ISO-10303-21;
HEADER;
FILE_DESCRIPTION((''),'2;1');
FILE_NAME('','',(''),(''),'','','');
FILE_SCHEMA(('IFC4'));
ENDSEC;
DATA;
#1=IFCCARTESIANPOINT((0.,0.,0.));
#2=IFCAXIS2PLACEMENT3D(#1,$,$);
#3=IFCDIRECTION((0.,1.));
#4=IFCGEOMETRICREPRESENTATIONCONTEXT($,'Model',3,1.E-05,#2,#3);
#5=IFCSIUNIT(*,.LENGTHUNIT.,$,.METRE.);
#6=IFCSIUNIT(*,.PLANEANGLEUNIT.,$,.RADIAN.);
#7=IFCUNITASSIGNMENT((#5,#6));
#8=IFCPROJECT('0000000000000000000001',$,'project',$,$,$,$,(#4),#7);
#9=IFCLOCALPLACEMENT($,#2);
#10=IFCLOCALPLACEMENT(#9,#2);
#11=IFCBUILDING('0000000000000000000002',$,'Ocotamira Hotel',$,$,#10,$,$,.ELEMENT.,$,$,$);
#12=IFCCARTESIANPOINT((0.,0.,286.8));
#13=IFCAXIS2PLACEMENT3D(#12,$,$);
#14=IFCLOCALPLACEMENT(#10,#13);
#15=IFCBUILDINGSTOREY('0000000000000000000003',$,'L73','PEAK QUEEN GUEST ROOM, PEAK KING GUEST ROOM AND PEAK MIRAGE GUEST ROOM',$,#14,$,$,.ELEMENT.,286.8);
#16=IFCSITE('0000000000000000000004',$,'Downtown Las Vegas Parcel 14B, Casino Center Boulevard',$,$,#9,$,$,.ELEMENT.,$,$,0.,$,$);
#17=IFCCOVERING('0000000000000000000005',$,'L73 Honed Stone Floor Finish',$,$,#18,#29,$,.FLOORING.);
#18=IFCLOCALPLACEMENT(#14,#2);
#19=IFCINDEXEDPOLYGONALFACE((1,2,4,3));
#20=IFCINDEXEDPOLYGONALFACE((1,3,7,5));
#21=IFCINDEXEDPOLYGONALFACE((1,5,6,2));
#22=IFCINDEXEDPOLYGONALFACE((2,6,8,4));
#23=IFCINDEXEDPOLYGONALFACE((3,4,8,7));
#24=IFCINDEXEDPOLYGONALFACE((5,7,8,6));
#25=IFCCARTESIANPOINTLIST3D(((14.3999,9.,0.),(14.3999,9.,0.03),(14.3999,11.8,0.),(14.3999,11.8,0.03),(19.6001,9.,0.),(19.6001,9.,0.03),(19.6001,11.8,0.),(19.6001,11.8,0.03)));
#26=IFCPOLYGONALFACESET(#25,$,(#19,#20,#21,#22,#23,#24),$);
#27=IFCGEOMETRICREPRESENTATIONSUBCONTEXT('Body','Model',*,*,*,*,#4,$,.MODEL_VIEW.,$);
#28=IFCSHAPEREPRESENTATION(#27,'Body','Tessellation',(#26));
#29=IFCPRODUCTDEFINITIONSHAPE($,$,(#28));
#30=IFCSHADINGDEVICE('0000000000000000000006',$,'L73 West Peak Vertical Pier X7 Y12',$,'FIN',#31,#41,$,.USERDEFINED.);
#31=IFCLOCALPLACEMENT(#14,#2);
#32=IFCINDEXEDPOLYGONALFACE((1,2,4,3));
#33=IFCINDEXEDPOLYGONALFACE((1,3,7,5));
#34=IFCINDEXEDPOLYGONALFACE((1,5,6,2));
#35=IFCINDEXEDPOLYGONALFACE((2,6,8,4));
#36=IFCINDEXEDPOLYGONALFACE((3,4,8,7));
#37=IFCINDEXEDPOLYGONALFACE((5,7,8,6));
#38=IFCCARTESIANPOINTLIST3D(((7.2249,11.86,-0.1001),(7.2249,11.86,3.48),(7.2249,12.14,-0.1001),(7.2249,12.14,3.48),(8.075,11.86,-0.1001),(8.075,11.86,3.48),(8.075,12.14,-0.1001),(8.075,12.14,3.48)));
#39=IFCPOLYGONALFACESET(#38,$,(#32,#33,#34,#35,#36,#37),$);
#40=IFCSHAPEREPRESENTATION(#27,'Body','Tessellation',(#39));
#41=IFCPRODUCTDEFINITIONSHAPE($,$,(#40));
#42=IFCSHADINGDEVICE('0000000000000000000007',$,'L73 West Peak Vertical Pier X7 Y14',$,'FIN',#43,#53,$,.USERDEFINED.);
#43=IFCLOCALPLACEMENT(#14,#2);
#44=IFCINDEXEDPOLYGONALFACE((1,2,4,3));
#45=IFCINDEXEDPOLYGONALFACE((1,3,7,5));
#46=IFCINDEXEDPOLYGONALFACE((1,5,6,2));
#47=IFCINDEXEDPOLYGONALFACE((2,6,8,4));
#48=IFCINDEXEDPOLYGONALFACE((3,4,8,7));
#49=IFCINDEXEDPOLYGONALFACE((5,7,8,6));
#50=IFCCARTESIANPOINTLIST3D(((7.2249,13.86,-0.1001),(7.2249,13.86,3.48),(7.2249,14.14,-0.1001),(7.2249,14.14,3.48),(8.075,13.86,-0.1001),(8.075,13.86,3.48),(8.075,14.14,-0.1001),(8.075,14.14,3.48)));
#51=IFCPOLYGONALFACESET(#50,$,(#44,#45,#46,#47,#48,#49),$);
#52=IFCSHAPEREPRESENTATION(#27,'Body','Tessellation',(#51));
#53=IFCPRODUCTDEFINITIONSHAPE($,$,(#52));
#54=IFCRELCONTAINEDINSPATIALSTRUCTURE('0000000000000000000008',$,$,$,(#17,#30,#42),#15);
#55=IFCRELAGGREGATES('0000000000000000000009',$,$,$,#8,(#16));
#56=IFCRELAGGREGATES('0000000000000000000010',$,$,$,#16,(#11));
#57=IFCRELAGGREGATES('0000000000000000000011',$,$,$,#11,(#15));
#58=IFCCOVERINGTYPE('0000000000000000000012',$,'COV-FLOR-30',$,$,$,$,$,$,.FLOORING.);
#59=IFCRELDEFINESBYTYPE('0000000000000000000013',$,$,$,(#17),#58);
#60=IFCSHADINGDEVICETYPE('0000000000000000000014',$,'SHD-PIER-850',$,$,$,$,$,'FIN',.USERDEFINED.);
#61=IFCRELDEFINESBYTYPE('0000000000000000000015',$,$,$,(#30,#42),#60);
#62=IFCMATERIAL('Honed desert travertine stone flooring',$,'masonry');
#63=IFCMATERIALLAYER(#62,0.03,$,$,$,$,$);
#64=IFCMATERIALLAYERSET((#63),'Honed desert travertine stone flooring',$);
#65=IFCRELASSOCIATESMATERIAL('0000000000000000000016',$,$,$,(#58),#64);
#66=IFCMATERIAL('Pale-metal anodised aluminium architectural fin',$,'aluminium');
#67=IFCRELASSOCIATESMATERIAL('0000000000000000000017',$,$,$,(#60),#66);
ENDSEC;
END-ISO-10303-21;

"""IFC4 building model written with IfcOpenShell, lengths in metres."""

from ifc_helpers import new_model, si_unit, direction, frame, origin, origin_2d, place, context, subcontext, project, spatial, polyline, rectangle, outline, extrude, source, transform, mapped, material, layer, layer_set, type_object, element, save


model = new_model("IFC4")

# Units and contexts
model_context = context("Model", 3, precision=1e-05, world=origin(), true_north=direction((0.0, 1.0)))
body_context = subcontext(model_context, "Body", "Model", "MODEL_VIEW")
ifc_project = project(units=[si_unit("LENGTHUNIT", "METRE"), si_unit("PLANEANGLEUNIT", "RADIAN")], contexts=[model_context])

# Site, building, storey
site_placement = place(None, origin())
site = spatial("IfcSite", under=ifc_project, at=site_placement, Name="Downtown Las Vegas Parcel 14B, Casino Center Boulevard", CompositionType="ELEMENT", RefElevation=0.0)
building_placement = place(site_placement, origin())
building = spatial("IfcBuilding", under=site, at=building_placement, Name="Ocotamira Hotel", CompositionType="ELEMENT")
storey_placement = place(building_placement, frame((0.0, 0.0, 286.8)))
storey = spatial("IfcBuildingStorey", under=building, at=storey_placement, Name="L73", Description="PEAK QUEEN GUEST ROOM, PEAK KING GUEST ROOM AND PEAK MIRAGE GUEST ROOM", CompositionType="ELEMENT", Elevation=286.8)

# Covering
ifc_material_1 = material(Name="Honed desert travertine stone flooring", Category="masonry")
ifc_layer_1 = layer(ifc_material_1, 0.03)
ifc_layer_set_1 = layer_set([ifc_layer_1], Name="Honed desert travertine stone flooring")
covering_type_1 = type_object("IfcCoveringType", Name="COV-FLOR-30", PredefinedType="FLOORING", material=ifc_layer_set_1)
covering_1_placement = place(storey_placement, origin())
element("IfcCovering", 1, at=covering_1_placement, inside=storey, type_object=covering_type_1, Name="L73 Honed Stone Floor Finish", PredefinedType="FLOORING", context=body_context, shape_type="SweptSolid", body=[
    extrude(outline(polyline([(14.3999, 9.0), (19.6001, 9.0), (19.6001, 11.8), (14.3999, 11.8), (14.3999, 9.0)])), origin(), (0.0, 0.0, 1.0), 0.03),
])

# Shading devices
ifc_material_2 = material(Name="Pale-metal anodised aluminium architectural fin", Category="aluminium")
shading_device_type = type_object("IfcShadingDeviceType", Name="SHD-PIER-850", ElementType="FIN", PredefinedType="USERDEFINED", material=ifc_material_2)
shared_shape_1 = source(origin(), body_context, "Body", "SweptSolid", [
    extrude(rectangle(XDim=0.8501, YDim=0.28, at=origin_2d()), origin(), (0.0, 0.0, 1.0), 3.5801),
])
for number, where, z_axis, x_axis, name in (
    (2, (7.6499, 12.0, -0.1001), (0.0, 0.0, 1.0), (1.0, 0.0, 0.0), "L73 West Peak Vertical Pier X7 Y12"),
    (3, (7.6499, 14.0, -0.1001), (0.0, 0.0, 1.0), (1.0, 0.0, 0.0), "L73 West Peak Vertical Pier X7 Y14"),
):
    element("IfcShadingDevice", number, at=place(storey_placement, frame(where, z_axis=z_axis, x_axis=x_axis)), inside=storey, type_object=shading_device_type, Name=name, ObjectType="FIN", PredefinedType="USERDEFINED", context=body_context, shape_type="MappedRepresentation", body=[
        mapped(shared_shape_1, transform((0.0, 0.0, 0.0), scale=1.0)),
    ])

save(model, "model.ifc")
